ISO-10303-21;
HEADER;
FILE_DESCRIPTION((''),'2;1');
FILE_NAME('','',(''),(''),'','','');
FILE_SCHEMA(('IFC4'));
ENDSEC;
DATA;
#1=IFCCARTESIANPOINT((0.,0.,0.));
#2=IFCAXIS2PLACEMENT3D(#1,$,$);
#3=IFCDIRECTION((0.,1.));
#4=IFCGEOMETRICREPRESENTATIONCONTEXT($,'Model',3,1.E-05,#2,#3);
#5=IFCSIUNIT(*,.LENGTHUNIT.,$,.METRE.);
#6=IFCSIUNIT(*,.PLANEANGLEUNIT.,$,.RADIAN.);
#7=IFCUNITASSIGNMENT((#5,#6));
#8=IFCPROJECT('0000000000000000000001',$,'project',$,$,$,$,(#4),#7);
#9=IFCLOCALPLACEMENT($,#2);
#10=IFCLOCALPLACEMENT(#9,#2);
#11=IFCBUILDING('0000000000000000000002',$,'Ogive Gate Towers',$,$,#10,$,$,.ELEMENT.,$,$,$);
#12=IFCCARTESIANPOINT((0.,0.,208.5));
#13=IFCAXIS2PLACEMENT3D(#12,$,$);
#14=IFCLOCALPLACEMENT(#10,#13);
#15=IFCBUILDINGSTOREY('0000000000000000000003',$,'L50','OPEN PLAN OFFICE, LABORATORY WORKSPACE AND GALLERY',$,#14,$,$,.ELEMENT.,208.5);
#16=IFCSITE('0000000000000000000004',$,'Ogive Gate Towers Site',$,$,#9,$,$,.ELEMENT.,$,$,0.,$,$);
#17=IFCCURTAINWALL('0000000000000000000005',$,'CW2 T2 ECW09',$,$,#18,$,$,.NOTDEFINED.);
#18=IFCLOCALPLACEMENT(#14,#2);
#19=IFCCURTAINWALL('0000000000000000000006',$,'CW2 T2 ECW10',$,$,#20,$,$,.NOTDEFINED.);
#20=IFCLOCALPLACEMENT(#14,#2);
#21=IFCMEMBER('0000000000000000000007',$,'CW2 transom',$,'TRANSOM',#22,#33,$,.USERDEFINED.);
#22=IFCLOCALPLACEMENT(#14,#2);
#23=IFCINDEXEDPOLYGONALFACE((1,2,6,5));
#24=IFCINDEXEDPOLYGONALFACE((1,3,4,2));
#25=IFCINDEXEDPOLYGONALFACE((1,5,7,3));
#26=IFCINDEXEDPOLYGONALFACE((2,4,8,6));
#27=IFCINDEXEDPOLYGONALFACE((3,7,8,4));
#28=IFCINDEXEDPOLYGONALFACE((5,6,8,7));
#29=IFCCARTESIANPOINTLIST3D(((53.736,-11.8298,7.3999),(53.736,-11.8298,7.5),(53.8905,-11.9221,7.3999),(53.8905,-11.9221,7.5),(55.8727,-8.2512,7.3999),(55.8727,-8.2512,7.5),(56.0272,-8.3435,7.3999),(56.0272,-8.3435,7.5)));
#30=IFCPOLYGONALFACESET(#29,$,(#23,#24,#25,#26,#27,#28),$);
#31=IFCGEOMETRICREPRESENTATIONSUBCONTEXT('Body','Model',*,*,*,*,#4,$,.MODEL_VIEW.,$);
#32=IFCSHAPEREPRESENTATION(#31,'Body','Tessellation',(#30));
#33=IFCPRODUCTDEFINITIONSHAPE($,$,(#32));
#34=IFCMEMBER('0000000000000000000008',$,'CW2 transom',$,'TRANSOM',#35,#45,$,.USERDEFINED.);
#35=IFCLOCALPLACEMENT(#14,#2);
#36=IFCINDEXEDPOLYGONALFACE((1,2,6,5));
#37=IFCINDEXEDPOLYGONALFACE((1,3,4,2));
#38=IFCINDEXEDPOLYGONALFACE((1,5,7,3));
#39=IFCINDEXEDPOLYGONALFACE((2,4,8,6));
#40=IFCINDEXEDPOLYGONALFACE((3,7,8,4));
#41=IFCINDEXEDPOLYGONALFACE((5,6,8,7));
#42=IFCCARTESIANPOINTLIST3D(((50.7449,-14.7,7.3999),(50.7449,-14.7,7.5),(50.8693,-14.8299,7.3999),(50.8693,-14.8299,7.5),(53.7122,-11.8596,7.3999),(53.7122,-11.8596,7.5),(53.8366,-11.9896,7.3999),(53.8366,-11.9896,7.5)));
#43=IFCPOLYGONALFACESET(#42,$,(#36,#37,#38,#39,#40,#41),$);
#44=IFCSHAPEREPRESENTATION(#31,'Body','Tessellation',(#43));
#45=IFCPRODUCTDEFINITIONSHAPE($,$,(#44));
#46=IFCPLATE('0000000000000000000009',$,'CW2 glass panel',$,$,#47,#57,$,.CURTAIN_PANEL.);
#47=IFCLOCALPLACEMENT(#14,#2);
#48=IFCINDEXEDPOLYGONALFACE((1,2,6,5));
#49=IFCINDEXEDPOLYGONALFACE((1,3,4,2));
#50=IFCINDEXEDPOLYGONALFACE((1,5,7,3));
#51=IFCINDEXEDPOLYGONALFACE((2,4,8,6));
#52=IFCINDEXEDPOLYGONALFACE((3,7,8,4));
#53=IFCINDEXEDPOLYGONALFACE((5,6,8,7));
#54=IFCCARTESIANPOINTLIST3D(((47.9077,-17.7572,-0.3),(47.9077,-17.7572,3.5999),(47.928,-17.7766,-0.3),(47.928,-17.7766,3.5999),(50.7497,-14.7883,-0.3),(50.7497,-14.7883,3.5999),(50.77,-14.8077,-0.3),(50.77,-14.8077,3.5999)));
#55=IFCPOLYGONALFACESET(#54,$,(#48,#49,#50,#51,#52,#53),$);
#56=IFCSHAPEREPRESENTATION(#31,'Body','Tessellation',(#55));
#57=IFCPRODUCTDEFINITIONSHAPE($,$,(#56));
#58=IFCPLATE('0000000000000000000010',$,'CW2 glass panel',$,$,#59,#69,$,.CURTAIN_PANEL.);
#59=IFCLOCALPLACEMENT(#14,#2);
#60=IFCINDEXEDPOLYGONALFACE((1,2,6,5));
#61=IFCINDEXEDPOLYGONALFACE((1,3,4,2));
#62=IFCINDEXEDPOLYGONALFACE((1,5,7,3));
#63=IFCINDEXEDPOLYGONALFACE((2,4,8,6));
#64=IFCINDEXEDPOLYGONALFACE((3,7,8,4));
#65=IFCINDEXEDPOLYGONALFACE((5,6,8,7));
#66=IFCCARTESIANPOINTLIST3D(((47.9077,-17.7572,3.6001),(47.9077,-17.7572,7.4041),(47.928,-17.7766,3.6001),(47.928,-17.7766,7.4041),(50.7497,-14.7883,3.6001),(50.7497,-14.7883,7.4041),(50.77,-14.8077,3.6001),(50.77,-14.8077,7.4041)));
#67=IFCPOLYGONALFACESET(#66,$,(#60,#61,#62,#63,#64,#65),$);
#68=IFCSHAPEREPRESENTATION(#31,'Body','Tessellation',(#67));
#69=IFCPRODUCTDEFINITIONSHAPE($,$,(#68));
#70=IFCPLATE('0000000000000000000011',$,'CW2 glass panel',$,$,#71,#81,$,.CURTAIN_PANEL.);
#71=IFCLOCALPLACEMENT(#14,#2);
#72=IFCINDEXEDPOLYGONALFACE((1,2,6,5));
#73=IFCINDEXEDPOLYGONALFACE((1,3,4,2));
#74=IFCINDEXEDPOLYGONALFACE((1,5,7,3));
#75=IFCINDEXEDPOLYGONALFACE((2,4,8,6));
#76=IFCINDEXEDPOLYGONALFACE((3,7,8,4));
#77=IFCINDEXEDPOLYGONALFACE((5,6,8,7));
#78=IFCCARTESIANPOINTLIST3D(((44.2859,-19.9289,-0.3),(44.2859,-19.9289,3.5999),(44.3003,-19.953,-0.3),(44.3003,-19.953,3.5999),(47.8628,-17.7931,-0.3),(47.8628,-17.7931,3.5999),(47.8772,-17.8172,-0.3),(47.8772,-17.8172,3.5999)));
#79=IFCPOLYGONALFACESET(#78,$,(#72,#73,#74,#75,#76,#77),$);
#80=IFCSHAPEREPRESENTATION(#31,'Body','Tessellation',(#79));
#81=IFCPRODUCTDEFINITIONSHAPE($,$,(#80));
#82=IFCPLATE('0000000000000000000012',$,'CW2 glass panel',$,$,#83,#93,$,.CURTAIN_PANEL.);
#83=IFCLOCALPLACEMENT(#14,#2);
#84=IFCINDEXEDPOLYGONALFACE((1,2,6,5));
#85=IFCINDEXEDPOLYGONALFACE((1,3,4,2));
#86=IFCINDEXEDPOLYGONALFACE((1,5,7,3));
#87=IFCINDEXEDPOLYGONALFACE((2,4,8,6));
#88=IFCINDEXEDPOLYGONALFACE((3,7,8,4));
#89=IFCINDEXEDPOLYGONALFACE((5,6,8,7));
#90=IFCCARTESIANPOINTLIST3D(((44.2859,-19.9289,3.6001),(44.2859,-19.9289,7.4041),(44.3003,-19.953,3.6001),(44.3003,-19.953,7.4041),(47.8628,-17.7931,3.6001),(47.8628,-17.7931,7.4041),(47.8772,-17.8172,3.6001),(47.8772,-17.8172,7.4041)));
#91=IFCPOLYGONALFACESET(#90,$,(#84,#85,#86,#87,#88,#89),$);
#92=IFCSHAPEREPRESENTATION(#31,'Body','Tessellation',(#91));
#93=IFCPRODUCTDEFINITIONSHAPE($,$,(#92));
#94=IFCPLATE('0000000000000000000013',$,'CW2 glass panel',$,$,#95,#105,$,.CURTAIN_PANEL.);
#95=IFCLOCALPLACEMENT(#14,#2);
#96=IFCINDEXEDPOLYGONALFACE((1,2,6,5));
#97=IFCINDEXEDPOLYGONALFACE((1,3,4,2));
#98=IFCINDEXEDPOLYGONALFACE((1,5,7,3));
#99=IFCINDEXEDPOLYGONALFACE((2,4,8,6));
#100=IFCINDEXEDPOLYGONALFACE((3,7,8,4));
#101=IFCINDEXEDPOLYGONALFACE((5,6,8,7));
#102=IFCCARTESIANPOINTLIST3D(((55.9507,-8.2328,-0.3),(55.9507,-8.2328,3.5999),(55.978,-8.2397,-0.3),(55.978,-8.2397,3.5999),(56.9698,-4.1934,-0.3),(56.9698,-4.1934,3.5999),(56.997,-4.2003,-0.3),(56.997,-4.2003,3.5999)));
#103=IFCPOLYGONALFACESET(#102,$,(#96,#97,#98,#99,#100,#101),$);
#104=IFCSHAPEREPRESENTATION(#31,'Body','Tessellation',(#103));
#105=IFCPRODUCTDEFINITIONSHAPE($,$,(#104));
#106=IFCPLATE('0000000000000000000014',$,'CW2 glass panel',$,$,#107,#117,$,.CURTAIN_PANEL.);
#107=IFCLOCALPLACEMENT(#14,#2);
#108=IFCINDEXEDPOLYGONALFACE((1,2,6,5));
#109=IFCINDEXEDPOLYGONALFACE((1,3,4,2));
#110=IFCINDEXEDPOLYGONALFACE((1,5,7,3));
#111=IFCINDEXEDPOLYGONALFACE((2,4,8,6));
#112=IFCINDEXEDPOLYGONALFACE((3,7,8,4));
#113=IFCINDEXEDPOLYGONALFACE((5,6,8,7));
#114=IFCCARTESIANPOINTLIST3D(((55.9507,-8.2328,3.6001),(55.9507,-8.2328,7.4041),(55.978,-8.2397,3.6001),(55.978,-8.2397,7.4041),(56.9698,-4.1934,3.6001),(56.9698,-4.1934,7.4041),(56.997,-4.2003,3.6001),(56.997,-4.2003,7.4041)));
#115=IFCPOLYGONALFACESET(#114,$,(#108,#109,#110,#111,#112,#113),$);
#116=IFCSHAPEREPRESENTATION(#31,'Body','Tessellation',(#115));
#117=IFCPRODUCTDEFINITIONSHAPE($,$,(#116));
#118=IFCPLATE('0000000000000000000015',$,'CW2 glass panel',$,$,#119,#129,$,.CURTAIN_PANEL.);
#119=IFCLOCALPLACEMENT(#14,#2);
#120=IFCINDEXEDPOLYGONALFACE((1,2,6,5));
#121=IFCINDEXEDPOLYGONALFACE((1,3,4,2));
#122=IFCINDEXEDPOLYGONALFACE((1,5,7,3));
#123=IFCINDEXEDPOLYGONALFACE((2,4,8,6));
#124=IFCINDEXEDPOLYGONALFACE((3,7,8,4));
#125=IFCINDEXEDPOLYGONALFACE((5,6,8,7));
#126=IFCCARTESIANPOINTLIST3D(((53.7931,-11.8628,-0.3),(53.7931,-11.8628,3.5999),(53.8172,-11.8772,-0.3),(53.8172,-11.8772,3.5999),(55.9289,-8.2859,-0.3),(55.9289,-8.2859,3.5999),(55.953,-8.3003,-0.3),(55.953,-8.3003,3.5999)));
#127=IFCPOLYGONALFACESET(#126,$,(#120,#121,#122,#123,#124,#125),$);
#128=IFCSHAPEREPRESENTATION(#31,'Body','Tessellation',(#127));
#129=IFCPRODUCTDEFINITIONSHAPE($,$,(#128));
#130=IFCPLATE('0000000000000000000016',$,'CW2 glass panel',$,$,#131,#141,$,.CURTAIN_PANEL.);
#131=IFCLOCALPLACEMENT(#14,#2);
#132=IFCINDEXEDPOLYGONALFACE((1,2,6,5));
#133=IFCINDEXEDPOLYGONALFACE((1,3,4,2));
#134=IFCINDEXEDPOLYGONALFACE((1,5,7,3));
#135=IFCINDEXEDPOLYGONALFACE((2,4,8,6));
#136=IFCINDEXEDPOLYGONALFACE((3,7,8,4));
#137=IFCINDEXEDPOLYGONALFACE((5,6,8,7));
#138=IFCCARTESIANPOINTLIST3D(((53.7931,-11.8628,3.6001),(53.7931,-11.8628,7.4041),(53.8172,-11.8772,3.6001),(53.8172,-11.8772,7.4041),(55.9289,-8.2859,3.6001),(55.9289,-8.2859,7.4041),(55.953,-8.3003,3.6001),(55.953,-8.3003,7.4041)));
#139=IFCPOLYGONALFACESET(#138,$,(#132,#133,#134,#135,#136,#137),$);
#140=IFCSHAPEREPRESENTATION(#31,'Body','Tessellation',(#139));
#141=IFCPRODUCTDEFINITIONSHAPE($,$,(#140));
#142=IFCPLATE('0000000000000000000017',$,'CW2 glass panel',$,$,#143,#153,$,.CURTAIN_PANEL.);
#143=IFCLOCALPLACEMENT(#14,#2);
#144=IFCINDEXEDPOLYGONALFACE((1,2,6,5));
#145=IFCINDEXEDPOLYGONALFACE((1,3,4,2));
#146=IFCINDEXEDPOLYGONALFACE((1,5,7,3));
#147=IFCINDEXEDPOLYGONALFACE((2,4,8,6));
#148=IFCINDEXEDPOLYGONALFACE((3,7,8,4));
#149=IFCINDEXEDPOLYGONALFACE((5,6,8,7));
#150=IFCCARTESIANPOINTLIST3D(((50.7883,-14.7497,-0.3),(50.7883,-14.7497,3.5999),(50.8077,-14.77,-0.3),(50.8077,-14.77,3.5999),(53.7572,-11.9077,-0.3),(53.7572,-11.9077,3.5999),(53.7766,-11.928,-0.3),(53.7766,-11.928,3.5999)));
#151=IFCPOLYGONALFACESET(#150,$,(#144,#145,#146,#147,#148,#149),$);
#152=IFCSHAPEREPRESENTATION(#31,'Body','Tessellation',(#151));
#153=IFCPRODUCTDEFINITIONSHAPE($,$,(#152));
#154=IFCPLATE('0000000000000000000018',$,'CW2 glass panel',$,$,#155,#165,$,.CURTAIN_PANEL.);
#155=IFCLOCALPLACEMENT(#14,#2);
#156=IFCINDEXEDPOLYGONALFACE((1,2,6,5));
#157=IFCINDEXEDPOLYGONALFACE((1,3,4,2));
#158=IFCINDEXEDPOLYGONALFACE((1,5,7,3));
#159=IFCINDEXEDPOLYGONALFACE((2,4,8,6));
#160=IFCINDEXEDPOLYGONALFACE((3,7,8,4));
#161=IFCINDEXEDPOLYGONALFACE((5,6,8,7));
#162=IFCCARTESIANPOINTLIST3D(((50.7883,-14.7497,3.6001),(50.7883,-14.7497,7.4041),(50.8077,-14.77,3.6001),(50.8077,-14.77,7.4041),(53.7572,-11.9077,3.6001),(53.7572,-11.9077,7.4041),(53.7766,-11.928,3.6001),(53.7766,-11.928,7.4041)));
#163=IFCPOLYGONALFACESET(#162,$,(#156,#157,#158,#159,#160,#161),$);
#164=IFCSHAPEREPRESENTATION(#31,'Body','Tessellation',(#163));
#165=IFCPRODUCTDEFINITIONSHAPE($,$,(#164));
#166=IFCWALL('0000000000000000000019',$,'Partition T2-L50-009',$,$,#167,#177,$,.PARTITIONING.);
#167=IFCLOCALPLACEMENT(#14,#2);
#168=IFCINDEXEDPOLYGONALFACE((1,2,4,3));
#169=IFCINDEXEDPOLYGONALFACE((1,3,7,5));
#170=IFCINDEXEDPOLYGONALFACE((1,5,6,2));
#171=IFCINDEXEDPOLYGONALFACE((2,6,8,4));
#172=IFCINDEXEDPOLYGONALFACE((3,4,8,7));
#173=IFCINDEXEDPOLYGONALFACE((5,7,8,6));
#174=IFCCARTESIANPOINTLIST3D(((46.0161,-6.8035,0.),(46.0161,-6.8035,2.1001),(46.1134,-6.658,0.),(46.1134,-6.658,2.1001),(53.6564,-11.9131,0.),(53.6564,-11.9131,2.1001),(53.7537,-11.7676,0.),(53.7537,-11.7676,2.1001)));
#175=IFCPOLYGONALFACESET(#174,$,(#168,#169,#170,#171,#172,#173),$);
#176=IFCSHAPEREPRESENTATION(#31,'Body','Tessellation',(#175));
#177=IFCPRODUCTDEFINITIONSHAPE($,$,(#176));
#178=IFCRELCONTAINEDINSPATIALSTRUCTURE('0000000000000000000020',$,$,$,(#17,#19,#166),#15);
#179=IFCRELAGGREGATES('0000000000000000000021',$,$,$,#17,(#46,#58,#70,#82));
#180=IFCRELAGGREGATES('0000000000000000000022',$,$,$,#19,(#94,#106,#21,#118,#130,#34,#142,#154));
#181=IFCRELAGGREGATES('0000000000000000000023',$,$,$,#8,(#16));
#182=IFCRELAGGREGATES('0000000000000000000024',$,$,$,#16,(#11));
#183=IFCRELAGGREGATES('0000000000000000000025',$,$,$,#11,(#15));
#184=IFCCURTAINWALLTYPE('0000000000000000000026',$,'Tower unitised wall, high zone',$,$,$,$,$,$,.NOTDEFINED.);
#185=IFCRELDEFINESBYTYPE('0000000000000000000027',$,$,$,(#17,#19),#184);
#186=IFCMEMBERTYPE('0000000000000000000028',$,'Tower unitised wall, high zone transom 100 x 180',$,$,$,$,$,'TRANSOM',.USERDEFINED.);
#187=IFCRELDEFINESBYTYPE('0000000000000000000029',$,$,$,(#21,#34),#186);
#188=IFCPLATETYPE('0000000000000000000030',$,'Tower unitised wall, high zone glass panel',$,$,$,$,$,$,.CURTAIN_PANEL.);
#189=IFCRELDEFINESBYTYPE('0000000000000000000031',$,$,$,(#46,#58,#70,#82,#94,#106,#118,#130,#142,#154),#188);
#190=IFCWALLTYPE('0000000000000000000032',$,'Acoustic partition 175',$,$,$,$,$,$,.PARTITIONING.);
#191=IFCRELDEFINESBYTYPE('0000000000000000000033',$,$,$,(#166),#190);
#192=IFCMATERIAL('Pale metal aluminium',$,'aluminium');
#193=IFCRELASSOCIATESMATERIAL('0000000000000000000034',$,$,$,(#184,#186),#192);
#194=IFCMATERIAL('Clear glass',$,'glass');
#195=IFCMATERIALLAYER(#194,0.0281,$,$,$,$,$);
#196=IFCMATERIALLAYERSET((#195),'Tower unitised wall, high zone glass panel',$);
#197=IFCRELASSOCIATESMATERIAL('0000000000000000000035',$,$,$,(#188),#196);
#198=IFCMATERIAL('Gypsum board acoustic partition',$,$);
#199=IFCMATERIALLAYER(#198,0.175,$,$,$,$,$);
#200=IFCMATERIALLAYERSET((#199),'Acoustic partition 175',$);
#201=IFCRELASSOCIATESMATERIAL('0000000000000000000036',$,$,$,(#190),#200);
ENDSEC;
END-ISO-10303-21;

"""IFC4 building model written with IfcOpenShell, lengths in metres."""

from ifc_helpers import new_model, si_unit, direction, frame, frame_2d, origin, origin_2d, place, context, subcontext, project, spatial, rectangle, extrude, material, layer, layer_set, material_profile, profile_set, type_object, element, aggregate, save


model = new_model("IFC4")

# Units and contexts
model_context = context("Model", 3, precision=1e-05, world=origin(), true_north=direction((0.0, 1.0)))
body_context = subcontext(model_context, "Body", "Model", "MODEL_VIEW")
ifc_project = project(units=[si_unit("LENGTHUNIT", "METRE"), si_unit("PLANEANGLEUNIT", "RADIAN")], contexts=[model_context])

# Site, building, storey
site_placement = place(None, origin())
site = spatial("IfcSite", under=ifc_project, at=site_placement, Name="Ogive Gate Towers Site", CompositionType="ELEMENT", RefElevation=0.0)
building_placement = place(site_placement, origin())
building = spatial("IfcBuilding", under=site, at=building_placement, Name="Ogive Gate Towers", CompositionType="ELEMENT")
storey_placement = place(building_placement, frame((0.0, 0.0, 208.5)))
storey = spatial("IfcBuildingStorey", under=building, at=storey_placement, Name="L50", Description="OPEN PLAN OFFICE, LABORATORY WORKSPACE AND GALLERY", CompositionType="ELEMENT", Elevation=208.5)

# Curtain walls
ifc_material_1 = material(Name="Pale metal aluminium", Category="aluminium")
curtain_wall_type = type_object("IfcCurtainWallType", Name="Tower unitised wall, high zone", PredefinedType="NOTDEFINED", material=ifc_material_1)
curtain_wall_1_placement = place(storey_placement, origin())
curtain_wall_1 = element("IfcCurtainWall", 1, at=curtain_wall_1_placement, inside=storey, type_object=curtain_wall_type, Name="CW2 T2 ECW09", PredefinedType="NOTDEFINED")
curtain_wall_2_placement = place(storey_placement, origin())
curtain_wall_2 = element("IfcCurtainWall", 2, at=curtain_wall_2_placement, inside=storey, type_object=curtain_wall_type, Name="CW2 T2 ECW10", PredefinedType="NOTDEFINED")

# Members
ifc_material_profile_1 = material_profile(ifc_material_1, rectangle(XDim=0.1799, YDim=0.1001, at=origin_2d()), Name="100 x 180 aluminium box")
ifc_profile_set_1 = profile_set([ifc_material_profile_1], Name="Pale metal aluminium")
member_type_1 = type_object("IfcMemberType", Name="Tower unitised wall, high zone transom 100 x 180", ElementType="TRANSOM", PredefinedType="USERDEFINED", material=ifc_profile_set_1)
member_1_placement = place(storey_placement, frame((55.95, -8.2974, 7.45), z_axis=(-0.512651, -0.858597, 0.0), x_axis=(0.858597, -0.512651, 0.0)))
member_1 = element("IfcMember", 3, at=member_1_placement, type_object=member_type_1, Name="CW2 transom", ObjectType="TRANSOM", PredefinedType="USERDEFINED", context=body_context, shape_type="SweptSolid", body=[
    extrude(rectangle(XDim=0.1799, YDim=0.1001, at=origin_2d()), origin(), (0.0, 0.0, 1.0), 4.168),
])
member_2_placement = place(storey_placement, frame((53.7744, -11.9246, 7.45), z_axis=(-0.722391, -0.691484, 0.0), x_axis=(0.691484, -0.722391, 0.0)))
member_2 = element("IfcMember", 4, at=member_2_placement, type_object=member_type_1, Name="CW2 transom", ObjectType="TRANSOM", PredefinedType="USERDEFINED", context=body_context, shape_type="SweptSolid", body=[
    extrude(rectangle(XDim=0.1799, YDim=0.1001, at=origin_2d()), origin(), (0.0, 0.0, 1.0), 4.1077),
])

# Plates
ifc_material_2 = material(Name="Clear glass", Category="glass")
ifc_layer_1 = layer(ifc_material_2, 0.0281)
ifc_layer_set_1 = layer_set([ifc_layer_1], Name="Tower unitised wall, high zone glass panel")
plate_type = type_object("IfcPlateType", Name="Tower unitised wall, high zone glass panel", PredefinedType="CURTAIN_PANEL", material=ifc_layer_set_1)
plate_1_placement = place(storey_placement, frame((49.3389, -16.2825, -0.3), z_axis=(0.0, 0.0, 1.0), x_axis=(-0.6915, -0.722376, 0.0)))
plate_1 = element("IfcPlate", 5, at=plate_1_placement, type_object=plate_type, Name="CW2 glass panel", PredefinedType="CURTAIN_PANEL", context=body_context, shape_type="SweptSolid", body=[
    extrude(rectangle(XDim=4.1099, YDim=0.0281, at=origin_2d()), origin(), (0.0, 0.0, 1.0), 3.8999),
])
plate_2_placement = place(storey_placement, frame((49.3389, -16.2825, 3.6001), z_axis=(0.0, 0.0, 1.0), x_axis=(-0.6915, -0.722376, 0.0)))
plate_2 = element("IfcPlate", 6, at=plate_2_placement, type_object=plate_type, Name="CW2 glass panel", PredefinedType="CURTAIN_PANEL", context=body_context, shape_type="SweptSolid", body=[
    extrude(rectangle(XDim=4.1099, YDim=0.0281, at=origin_2d()), origin(), (0.0, 0.0, 1.0), 3.804),
])
plate_3_placement = place(storey_placement, frame((46.0815, -18.873, -0.3), z_axis=(0.0, 0.0, 1.0), x_axis=(-0.858584, -0.512672, 0.0)))
plate_3 = element("IfcPlate", 7, at=plate_3_placement, type_object=plate_type, Name="CW2 glass panel", PredefinedType="CURTAIN_PANEL", context=body_context, shape_type="SweptSolid", body=[
    extrude(rectangle(XDim=4.166, YDim=0.0281, at=origin_2d()), origin(), (0.0, 0.0, 1.0), 3.8999),
])
plate_4_placement = place(storey_placement, frame((46.0815, -18.873, 3.6001), z_axis=(0.0, 0.0, 1.0), x_axis=(-0.858584, -0.512672, 0.0)))
plate_4 = element("IfcPlate", 8, at=plate_4_placement, type_object=plate_type, Name="CW2 glass panel", PredefinedType="CURTAIN_PANEL", context=body_context, shape_type="SweptSolid", body=[
    extrude(rectangle(XDim=4.166, YDim=0.0281, at=origin_2d()), origin(), (0.0, 0.0, 1.0), 3.804),
])
aggregate(curtain_wall_1, [plate_1, plate_2, plate_3, plate_4])
plate_5_placement = place(storey_placement, frame((56.4739, -6.2166, -0.3), z_axis=(0.0, 0.0, 1.0), x_axis=(-0.244614, -0.969621, 0.0)))
plate_5 = element("IfcPlate", 9, at=plate_5_placement, type_object=plate_type, Name="CW2 glass panel", PredefinedType="CURTAIN_PANEL", context=body_context, shape_type="SweptSolid", body=[
    extrude(rectangle(XDim=4.166, YDim=0.0281, at=origin_2d()), origin(), (0.0, 0.0, 1.0), 3.8999),
])
plate_6_placement = place(storey_placement, frame((56.4739, -6.2166, 3.6001), z_axis=(0.0, 0.0, 1.0), x_axis=(-0.244614, -0.969621, 0.0)))
plate_6 = element("IfcPlate", 10, at=plate_6_placement, type_object=plate_type, Name="CW2 glass panel", PredefinedType="CURTAIN_PANEL", context=body_context, shape_type="SweptSolid", body=[
    extrude(rectangle(XDim=4.166, YDim=0.0281, at=origin_2d()), origin(), (0.0, 0.0, 1.0), 3.804),
])
plate_7_placement = place(storey_placement, frame((54.873, -10.0815, -0.3), z_axis=(0.0, 0.0, 1.0), x_axis=(-0.512672, -0.858584, 0.0)))
plate_7 = element("IfcPlate", 11, at=plate_7_placement, type_object=plate_type, Name="CW2 glass panel", PredefinedType="CURTAIN_PANEL", context=body_context, shape_type="SweptSolid", body=[
    extrude(rectangle(XDim=4.166, YDim=0.0281, at=origin_2d()), origin(), (0.0, 0.0, 1.0), 3.8999),
])
plate_8_placement = place(storey_placement, frame((54.873, -10.0815, 3.6001), z_axis=(0.0, 0.0, 1.0), x_axis=(-0.512672, -0.858584, 0.0)))
plate_8 = element("IfcPlate", 12, at=plate_8_placement, type_object=plate_type, Name="CW2 glass panel", PredefinedType="CURTAIN_PANEL", context=body_context, shape_type="SweptSolid", body=[
    extrude(rectangle(XDim=4.166, YDim=0.0281, at=origin_2d()), origin(), (0.0, 0.0, 1.0), 3.804),
])
plate_9_placement = place(storey_placement, frame((52.2825, -13.3389, -0.3), z_axis=(0.0, 0.0, 1.0), x_axis=(-0.722376, -0.6915, 0.0)))
plate_9 = element("IfcPlate", 13, at=plate_9_placement, type_object=plate_type, Name="CW2 glass panel", PredefinedType="CURTAIN_PANEL", context=body_context, shape_type="SweptSolid", body=[
    extrude(rectangle(XDim=4.1099, YDim=0.0281, at=origin_2d()), origin(), (0.0, 0.0, 1.0), 3.8999),
])
plate_10_placement = place(storey_placement, frame((52.2825, -13.3389, 3.6001), z_axis=(0.0, 0.0, 1.0), x_axis=(-0.722376, -0.6915, 0.0)))
plate_10 = element("IfcPlate", 14, at=plate_10_placement, type_object=plate_type, Name="CW2 glass panel", PredefinedType="CURTAIN_PANEL", context=body_context, shape_type="SweptSolid", body=[
    extrude(rectangle(XDim=4.1099, YDim=0.0281, at=origin_2d()), origin(), (0.0, 0.0, 1.0), 3.804),
])
aggregate(curtain_wall_2, [plate_5, plate_6, member_1, plate_7, plate_8, member_2, plate_9, plate_10])

# Wall
ifc_material_3 = material(Name="Gypsum board acoustic partition")
ifc_layer_2 = layer(ifc_material_3, 0.175)
ifc_layer_set_2 = layer_set([ifc_layer_2], Name="Acoustic partition 175")
wall_type_1 = type_object("IfcWallType", Name="Acoustic partition 175", PredefinedType="PARTITIONING", material=ifc_layer_set_2)
wall_1_placement = place(storey_placement, frame((53.7051, -11.8403, 0.0), z_axis=(0.0, 0.0, 1.0), x_axis=(-0.831244, 0.555907, 0.0)))
element("IfcWall", 15, at=wall_1_placement, inside=storey, type_object=wall_type_1, Name="Partition T2-L50-009", PredefinedType="PARTITIONING", context=body_context, shape_type="SweptSolid", body=[
    extrude(rectangle(XDim=9.1914, YDim=0.175, at=frame_2d((4.5957, 0.0))), origin(), (0.0, 0.0, 1.0), 2.1001),
])

save(model, "model.ifc")
